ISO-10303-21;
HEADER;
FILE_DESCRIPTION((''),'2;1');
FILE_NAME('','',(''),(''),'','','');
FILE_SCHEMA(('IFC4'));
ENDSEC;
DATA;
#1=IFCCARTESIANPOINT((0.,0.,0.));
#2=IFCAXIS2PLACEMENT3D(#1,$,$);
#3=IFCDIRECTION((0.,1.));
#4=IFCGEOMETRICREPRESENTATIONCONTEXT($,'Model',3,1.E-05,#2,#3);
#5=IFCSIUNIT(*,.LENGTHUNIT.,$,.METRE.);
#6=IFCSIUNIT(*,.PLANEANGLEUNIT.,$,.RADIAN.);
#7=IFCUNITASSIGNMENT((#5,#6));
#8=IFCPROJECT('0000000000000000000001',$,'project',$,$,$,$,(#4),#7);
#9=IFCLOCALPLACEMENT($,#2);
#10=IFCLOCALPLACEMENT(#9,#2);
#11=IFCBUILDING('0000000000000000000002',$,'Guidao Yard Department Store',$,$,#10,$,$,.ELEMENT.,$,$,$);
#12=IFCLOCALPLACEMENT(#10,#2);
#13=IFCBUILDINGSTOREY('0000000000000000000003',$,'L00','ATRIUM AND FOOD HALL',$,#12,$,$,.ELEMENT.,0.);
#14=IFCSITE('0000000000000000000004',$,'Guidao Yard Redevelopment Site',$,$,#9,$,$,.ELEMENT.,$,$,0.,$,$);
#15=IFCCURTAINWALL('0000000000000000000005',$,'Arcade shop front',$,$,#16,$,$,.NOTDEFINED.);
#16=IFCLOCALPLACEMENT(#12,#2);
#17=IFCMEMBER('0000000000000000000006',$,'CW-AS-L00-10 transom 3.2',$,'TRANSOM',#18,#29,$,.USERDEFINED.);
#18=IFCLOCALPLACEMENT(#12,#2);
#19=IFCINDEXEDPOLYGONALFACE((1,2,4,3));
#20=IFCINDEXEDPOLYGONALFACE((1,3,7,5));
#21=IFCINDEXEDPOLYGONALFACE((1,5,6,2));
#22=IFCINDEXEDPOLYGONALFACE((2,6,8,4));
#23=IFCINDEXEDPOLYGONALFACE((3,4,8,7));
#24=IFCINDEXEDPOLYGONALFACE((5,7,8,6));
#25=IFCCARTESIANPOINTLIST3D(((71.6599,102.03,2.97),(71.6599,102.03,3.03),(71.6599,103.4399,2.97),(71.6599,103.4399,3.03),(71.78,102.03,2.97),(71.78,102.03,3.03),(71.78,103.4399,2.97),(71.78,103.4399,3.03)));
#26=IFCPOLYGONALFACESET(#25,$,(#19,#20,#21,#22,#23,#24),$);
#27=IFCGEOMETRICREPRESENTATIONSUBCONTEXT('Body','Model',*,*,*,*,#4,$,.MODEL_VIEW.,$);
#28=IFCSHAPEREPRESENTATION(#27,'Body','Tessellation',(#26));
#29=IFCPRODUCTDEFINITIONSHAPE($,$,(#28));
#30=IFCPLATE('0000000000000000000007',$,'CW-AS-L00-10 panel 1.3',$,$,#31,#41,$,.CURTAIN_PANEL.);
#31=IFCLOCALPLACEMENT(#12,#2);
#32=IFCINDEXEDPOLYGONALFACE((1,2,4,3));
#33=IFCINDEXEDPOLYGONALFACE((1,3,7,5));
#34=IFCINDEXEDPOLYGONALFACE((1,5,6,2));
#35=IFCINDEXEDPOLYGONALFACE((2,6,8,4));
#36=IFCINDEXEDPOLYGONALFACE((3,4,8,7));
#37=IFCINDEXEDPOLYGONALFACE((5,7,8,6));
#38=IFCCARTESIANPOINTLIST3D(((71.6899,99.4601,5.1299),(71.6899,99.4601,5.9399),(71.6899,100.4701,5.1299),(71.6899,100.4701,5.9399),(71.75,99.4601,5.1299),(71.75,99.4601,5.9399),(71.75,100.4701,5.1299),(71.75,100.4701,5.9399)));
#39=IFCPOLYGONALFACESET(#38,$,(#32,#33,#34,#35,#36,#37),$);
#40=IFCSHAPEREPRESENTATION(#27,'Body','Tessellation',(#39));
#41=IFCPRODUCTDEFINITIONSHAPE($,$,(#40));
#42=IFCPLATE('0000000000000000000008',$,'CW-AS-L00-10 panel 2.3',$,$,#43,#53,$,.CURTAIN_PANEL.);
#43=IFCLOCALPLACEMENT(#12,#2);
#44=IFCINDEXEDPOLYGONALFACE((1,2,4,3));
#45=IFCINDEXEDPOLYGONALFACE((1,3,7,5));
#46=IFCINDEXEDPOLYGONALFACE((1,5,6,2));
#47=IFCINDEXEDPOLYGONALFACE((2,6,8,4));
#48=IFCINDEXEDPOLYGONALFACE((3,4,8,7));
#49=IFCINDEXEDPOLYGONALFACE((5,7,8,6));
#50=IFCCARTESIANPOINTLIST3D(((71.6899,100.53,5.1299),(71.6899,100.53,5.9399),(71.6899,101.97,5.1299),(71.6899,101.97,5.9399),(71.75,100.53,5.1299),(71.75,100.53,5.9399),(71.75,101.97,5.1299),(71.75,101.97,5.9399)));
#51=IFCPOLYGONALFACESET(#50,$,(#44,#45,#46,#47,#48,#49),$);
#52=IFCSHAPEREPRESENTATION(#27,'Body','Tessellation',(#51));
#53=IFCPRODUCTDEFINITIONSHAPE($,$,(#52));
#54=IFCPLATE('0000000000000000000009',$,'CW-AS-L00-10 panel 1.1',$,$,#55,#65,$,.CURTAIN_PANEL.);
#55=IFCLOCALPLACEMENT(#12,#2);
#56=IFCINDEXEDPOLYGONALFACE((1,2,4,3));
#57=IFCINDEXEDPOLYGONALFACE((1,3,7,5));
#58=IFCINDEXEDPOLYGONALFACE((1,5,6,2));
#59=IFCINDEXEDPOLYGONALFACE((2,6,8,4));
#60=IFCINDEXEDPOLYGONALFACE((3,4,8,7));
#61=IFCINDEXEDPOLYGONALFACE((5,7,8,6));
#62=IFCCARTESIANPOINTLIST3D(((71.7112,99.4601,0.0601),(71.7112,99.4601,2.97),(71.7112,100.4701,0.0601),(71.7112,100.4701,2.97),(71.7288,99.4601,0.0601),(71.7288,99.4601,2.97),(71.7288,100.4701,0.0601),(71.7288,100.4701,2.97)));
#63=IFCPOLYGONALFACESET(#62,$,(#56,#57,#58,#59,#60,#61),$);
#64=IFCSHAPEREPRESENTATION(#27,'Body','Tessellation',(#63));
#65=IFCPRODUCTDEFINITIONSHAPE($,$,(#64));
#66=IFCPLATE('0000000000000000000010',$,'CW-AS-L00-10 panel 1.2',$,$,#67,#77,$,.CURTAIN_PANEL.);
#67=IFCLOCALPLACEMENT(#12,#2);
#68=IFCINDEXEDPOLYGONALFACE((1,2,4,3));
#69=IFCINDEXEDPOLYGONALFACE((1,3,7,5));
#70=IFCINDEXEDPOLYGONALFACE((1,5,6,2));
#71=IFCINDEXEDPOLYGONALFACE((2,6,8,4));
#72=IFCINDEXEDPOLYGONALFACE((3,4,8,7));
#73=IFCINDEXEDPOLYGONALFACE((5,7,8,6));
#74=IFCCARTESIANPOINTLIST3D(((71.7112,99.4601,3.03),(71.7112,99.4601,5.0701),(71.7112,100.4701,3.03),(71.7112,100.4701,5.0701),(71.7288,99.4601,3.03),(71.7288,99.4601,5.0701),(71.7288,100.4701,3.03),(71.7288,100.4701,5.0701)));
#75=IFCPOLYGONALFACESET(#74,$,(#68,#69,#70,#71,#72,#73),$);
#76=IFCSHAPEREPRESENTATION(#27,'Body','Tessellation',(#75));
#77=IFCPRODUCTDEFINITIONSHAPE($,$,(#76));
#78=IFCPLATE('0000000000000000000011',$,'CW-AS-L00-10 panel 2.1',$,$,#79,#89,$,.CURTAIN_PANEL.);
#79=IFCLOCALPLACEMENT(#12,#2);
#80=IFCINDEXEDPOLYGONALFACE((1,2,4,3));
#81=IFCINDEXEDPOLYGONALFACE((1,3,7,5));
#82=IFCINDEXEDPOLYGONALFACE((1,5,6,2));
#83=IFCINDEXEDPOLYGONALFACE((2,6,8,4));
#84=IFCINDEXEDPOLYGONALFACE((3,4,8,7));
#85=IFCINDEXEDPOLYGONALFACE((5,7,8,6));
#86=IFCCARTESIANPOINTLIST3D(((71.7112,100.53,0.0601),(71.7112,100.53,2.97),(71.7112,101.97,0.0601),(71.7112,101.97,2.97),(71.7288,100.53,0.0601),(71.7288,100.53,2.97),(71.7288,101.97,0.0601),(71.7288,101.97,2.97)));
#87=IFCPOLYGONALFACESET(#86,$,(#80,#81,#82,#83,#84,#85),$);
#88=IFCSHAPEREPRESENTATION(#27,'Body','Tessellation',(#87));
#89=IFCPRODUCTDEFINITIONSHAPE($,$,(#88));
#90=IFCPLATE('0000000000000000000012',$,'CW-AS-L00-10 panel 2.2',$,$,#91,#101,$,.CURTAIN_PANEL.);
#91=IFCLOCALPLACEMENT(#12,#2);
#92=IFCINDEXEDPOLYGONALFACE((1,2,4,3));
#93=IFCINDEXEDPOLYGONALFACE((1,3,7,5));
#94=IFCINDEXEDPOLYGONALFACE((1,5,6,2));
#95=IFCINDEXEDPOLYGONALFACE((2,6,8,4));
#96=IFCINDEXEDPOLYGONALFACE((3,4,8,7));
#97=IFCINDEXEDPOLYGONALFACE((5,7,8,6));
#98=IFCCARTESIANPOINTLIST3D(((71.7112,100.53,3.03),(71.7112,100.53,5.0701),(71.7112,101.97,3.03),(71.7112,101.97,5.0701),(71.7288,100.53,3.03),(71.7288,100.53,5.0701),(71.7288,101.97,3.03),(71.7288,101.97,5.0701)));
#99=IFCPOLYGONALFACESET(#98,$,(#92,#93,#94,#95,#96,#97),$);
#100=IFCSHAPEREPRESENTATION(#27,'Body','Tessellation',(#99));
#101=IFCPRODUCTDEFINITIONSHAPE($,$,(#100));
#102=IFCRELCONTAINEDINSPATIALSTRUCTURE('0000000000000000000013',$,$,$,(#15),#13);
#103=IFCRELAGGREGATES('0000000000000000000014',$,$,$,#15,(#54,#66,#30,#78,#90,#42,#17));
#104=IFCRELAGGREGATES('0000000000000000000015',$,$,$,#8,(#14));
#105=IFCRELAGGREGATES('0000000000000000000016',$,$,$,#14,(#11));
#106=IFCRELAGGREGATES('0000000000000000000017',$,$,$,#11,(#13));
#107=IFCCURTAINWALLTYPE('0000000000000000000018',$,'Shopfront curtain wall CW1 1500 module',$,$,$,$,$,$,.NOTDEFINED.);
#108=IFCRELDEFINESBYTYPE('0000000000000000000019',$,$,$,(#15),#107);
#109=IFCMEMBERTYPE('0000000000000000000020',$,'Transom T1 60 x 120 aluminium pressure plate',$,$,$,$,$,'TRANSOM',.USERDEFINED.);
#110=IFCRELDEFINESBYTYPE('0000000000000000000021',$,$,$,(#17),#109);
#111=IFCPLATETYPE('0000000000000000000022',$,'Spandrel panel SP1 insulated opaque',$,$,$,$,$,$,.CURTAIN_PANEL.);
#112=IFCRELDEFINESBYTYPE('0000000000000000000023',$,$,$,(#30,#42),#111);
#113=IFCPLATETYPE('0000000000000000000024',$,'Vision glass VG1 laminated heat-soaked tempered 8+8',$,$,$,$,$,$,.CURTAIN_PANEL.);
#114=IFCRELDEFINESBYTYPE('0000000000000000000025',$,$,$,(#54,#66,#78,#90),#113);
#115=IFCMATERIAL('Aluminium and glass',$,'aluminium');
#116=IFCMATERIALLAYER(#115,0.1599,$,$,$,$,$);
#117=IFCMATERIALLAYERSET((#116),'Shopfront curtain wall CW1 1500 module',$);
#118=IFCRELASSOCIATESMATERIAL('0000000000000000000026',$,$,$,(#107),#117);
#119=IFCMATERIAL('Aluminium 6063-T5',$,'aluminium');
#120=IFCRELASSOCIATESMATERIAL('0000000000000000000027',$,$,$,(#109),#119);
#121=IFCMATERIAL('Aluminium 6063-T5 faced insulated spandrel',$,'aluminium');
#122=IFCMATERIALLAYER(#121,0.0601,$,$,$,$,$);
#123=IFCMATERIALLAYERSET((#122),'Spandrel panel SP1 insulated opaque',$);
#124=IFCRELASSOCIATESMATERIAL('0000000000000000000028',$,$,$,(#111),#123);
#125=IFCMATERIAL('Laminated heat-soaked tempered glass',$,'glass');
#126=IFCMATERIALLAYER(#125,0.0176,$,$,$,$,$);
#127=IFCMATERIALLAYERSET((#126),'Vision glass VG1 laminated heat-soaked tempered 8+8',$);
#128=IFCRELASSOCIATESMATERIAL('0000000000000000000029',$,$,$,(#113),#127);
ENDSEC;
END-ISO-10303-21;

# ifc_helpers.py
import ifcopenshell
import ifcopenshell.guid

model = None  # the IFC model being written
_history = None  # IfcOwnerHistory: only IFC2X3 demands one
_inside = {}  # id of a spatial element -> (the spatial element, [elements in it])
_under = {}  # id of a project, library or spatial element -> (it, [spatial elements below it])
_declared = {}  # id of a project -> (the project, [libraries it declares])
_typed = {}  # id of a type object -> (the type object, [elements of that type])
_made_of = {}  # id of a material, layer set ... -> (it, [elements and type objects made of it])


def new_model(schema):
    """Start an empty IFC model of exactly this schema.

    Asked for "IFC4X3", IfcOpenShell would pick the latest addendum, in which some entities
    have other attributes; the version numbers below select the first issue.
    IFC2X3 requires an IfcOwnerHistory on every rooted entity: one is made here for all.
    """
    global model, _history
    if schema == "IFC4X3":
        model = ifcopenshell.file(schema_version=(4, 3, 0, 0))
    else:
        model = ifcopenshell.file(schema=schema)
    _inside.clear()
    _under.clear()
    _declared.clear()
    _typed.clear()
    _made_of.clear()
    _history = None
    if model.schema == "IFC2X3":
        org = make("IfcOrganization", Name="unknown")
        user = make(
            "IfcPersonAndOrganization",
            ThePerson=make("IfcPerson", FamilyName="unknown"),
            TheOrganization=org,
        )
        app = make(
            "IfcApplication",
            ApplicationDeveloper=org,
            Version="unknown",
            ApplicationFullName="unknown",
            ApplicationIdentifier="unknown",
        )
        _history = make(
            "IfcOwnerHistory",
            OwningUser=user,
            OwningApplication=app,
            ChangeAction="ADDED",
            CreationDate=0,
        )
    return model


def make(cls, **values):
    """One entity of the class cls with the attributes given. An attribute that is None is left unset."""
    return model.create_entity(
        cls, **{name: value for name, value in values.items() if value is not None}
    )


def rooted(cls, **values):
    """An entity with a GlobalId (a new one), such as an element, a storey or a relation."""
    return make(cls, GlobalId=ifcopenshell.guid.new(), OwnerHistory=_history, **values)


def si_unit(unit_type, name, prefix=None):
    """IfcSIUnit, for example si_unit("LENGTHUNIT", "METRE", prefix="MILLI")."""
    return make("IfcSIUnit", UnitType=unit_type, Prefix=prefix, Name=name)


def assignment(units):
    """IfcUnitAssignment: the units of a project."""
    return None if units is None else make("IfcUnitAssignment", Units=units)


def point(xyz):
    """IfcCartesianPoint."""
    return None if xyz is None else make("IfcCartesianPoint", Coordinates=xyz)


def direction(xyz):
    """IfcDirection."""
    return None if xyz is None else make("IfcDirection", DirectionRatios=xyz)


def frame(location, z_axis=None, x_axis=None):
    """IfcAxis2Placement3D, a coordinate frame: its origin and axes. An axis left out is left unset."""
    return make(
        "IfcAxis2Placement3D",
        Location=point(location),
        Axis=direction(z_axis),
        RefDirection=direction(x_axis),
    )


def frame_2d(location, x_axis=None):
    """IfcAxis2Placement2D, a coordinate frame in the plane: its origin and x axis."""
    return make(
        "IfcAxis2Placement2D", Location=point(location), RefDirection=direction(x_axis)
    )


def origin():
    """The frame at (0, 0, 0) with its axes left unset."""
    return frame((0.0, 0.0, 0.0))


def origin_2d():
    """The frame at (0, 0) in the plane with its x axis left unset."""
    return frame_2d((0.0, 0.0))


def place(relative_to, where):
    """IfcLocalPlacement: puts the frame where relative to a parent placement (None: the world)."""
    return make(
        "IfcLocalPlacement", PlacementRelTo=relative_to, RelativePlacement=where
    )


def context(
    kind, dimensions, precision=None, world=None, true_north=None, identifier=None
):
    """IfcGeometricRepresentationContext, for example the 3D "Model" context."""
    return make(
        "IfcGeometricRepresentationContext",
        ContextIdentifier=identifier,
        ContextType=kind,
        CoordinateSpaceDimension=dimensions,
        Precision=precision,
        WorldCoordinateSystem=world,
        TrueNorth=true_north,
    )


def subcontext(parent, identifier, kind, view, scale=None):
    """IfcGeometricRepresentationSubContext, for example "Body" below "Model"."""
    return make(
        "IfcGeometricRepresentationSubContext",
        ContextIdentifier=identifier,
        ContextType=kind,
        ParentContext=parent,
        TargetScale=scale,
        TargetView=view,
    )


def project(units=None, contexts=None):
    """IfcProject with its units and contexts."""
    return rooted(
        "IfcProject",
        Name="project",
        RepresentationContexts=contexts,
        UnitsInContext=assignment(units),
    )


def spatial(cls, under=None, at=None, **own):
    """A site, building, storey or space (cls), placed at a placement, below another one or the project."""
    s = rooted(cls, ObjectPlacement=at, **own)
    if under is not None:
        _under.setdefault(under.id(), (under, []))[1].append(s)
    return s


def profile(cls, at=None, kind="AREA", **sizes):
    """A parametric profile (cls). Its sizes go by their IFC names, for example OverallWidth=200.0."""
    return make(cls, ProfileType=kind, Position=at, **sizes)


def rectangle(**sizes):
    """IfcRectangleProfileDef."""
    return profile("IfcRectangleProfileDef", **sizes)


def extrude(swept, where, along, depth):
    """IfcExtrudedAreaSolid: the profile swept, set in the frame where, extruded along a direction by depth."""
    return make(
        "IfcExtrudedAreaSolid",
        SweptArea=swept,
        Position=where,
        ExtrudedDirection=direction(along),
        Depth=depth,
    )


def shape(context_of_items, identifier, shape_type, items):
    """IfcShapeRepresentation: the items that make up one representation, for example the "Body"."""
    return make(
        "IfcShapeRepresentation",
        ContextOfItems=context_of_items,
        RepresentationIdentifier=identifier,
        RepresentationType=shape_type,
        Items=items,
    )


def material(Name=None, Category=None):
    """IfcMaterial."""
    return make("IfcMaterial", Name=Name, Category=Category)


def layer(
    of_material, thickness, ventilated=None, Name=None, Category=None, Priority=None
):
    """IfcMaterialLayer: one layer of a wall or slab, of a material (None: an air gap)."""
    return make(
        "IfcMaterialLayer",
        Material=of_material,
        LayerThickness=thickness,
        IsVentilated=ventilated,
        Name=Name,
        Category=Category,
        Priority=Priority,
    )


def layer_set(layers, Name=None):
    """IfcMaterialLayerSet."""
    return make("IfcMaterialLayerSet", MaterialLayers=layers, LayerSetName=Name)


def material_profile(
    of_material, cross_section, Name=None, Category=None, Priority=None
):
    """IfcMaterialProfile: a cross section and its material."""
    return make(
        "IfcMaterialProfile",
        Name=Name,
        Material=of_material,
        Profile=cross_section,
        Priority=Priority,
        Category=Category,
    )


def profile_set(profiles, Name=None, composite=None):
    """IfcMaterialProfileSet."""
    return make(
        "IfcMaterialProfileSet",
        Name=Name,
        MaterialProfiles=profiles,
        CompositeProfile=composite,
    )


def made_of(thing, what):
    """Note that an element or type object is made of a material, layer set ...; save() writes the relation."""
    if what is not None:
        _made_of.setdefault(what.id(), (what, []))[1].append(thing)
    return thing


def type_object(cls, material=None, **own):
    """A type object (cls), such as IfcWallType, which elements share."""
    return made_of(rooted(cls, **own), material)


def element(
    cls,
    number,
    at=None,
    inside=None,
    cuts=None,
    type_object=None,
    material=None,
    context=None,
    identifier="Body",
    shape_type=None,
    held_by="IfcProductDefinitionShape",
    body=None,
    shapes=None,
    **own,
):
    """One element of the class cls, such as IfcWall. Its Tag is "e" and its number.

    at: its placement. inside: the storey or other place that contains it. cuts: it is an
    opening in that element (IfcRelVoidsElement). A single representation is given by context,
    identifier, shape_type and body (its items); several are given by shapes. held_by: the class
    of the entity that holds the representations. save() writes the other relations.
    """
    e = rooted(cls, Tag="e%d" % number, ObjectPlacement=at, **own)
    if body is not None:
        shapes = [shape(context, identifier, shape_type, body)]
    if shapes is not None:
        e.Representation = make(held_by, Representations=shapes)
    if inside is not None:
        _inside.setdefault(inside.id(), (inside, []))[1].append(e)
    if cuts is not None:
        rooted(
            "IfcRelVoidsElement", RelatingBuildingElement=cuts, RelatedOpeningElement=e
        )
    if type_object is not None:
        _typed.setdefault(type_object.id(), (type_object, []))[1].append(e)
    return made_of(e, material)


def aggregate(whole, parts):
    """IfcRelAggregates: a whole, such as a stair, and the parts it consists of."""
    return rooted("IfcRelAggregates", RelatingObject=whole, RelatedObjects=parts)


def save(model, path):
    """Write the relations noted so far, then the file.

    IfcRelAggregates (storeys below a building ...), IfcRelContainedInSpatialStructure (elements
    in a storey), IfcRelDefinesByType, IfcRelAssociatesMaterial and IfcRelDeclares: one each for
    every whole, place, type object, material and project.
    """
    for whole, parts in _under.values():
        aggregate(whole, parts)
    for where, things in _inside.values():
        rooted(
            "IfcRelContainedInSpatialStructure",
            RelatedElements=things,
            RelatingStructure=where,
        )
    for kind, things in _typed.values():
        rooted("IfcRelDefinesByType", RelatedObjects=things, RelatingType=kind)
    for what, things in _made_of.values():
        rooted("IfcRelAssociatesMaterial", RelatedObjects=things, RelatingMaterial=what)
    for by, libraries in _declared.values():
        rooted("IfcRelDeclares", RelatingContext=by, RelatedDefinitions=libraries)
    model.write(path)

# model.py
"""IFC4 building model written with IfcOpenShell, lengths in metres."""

from ifc_helpers import new_model, si_unit, direction, frame, origin, origin_2d, place, context, subcontext, project, spatial, rectangle, extrude, material, layer, layer_set, material_profile, profile_set, type_object, element, aggregate, save


model = new_model("IFC4")

# Units and contexts
model_context = context("Model", 3, precision=1e-05, world=origin(), true_north=direction((0.0, 1.0)))
body_context = subcontext(model_context, "Body", "Model", "MODEL_VIEW")
ifc_project = project(units=[si_unit("LENGTHUNIT", "METRE"), si_unit("PLANEANGLEUNIT", "RADIAN")], contexts=[model_context])

# Site, building, storey
site_placement = place(None, origin())
site = spatial("IfcSite", under=ifc_project, at=site_placement, Name="Guidao Yard Redevelopment Site", CompositionType="ELEMENT", RefElevation=0.0)
building_placement = place(site_placement, origin())
building = spatial("IfcBuilding", under=site, at=building_placement, Name="Guidao Yard Department Store", CompositionType="ELEMENT")
storey_placement = place(building_placement, origin())
storey = spatial("IfcBuildingStorey", under=building, at=storey_placement, Name="L00", Description="ATRIUM AND FOOD HALL", CompositionType="ELEMENT", Elevation=0.0)

# Curtain wall
ifc_material_1 = material(Name="Aluminium and glass", Category="aluminium")
ifc_layer_1 = layer(ifc_material_1, 0.1599)
ifc_layer_set_1 = layer_set([ifc_layer_1], Name="Shopfront curtain wall CW1 1500 module")
curtain_wall_type = type_object("IfcCurtainWallType", Name="Shopfront curtain wall CW1 1500 module", PredefinedType="NOTDEFINED", material=ifc_layer_set_1)
curtain_wall_placement = place(storey_placement, origin())
curtain_wall = element("IfcCurtainWall", 1, at=curtain_wall_placement, inside=storey, type_object=curtain_wall_type, Name="Arcade shop front", PredefinedType="NOTDEFINED")

# Member
ifc_material_2 = material(Name="Aluminium 6063-T5", Category="aluminium")
ifc_material_profile_1 = material_profile(ifc_material_2, rectangle(XDim=0.1201, YDim=0.0601, at=origin_2d()), Name="Transom T1 60 x 120 aluminium pressure plate")
ifc_profile_set_1 = profile_set([ifc_material_profile_1], Name="Aluminium 6063-T5")
member_type_1 = type_object("IfcMemberType", Name="Transom T1 60 x 120 aluminium pressure plate", ElementType="TRANSOM", PredefinedType="USERDEFINED", material=ifc_profile_set_1)
member_1_placement = place(storey_placement, frame((71.72, 102.03, 3.0), z_axis=(0.0, 1.0, 0.0), x_axis=(-1.0, 0.0, 0.0)))
member_1 = element("IfcMember", 2, at=member_1_placement, type_object=member_type_1, Name="CW-AS-L00-10 transom 3.2", ObjectType="TRANSOM", PredefinedType="USERDEFINED", context=body_context, shape_type="SweptSolid", body=[
    extrude(rectangle(XDim=0.1201, YDim=0.0601, at=origin_2d()), origin(), (0.0, 0.0, 1.0), 1.4099),
])

# Plates
ifc_material_3 = material(Name="Aluminium 6063-T5 faced insulated spandrel", Category="aluminium")
ifc_layer_2 = layer(ifc_material_3, 0.0601)
ifc_layer_set_2 = layer_set([ifc_layer_2], Name="Spandrel panel SP1 insulated opaque")
plate_type_1 = type_object("IfcPlateType", Name="Spandrel panel SP1 insulated opaque", PredefinedType="CURTAIN_PANEL", material=ifc_layer_set_2)
plate_1_placement = place(storey_placement, frame((71.72, 99.9651, 5.1299), z_axis=(0.0, 0.0, 1.0), x_axis=(0.0, 1.0, 0.0)))
plate_1 = element("IfcPlate", 3, at=plate_1_placement, type_object=plate_type_1, Name="CW-AS-L00-10 panel 1.3", PredefinedType="CURTAIN_PANEL", context=body_context, shape_type="SweptSolid", body=[
    extrude(rectangle(XDim=1.01, YDim=0.0601, at=origin_2d()), origin(), (0.0, 0.0, 1.0), 0.8101),
])
plate_2_placement = place(storey_placement, frame((71.72, 101.25, 5.1299), z_axis=(0.0, 0.0, 1.0), x_axis=(0.0, 1.0, 0.0)))
plate_2 = element("IfcPlate", 4, at=plate_2_placement, type_object=plate_type_1, Name="CW-AS-L00-10 panel 2.3", PredefinedType="CURTAIN_PANEL", context=body_context, shape_type="SweptSolid", body=[
    extrude(rectangle(XDim=1.4399, YDim=0.0601, at=origin_2d()), origin(), (0.0, 0.0, 1.0), 0.8101),
])
ifc_material_4 = material(Name="Laminated heat-soaked tempered glass", Category="glass")
ifc_layer_3 = layer(ifc_material_4, 0.0176)
ifc_layer_set_3 = layer_set([ifc_layer_3], Name="Vision glass VG1 laminated heat-soaked tempered 8+8")
plate_type_2 = type_object("IfcPlateType", Name="Vision glass VG1 laminated heat-soaked tempered 8+8", PredefinedType="CURTAIN_PANEL", material=ifc_layer_set_3)
plate_3_placement = place(storey_placement, frame((71.72, 99.9651, 0.0601), z_axis=(0.0, 0.0, 1.0), x_axis=(0.0, 1.0, 0.0)))
plate_3 = element("IfcPlate", 5, at=plate_3_placement, type_object=plate_type_2, Name="CW-AS-L00-10 panel 1.1", PredefinedType="CURTAIN_PANEL", context=body_context, shape_type="SweptSolid", body=[
    extrude(rectangle(XDim=1.01, YDim=0.0176, at=origin_2d()), origin(), (0.0, 0.0, 1.0), 2.9099),
])
plate_4_placement = place(storey_placement, frame((71.72, 99.9651, 3.03), z_axis=(0.0, 0.0, 1.0), x_axis=(0.0, 1.0, 0.0)))
plate_4 = element("IfcPlate", 6, at=plate_4_placement, type_object=plate_type_2, Name="CW-AS-L00-10 panel 1.2", PredefinedType="CURTAIN_PANEL", context=body_context, shape_type="SweptSolid", body=[
    extrude(rectangle(XDim=1.01, YDim=0.0176, at=origin_2d()), origin(), (0.0, 0.0, 1.0), 2.04),
])
plate_5_placement = place(storey_placement, frame((71.72, 101.25, 0.0601), z_axis=(0.0, 0.0, 1.0), x_axis=(0.0, 1.0, 0.0)))
plate_5 = element("IfcPlate", 7, at=plate_5_placement, type_object=plate_type_2, Name="CW-AS-L00-10 panel 2.1", PredefinedType="CURTAIN_PANEL", context=body_context, shape_type="SweptSolid", body=[
    extrude(rectangle(XDim=1.4399, YDim=0.0176, at=origin_2d()), origin(), (0.0, 0.0, 1.0), 2.9099),
])
plate_6_placement = place(storey_placement, frame((71.72, 101.25, 3.03), z_axis=(0.0, 0.0, 1.0), x_axis=(0.0, 1.0, 0.0)))
plate_6 = element("IfcPlate", 8, at=plate_6_placement, type_object=plate_type_2, Name="CW-AS-L00-10 panel 2.2", PredefinedType="CURTAIN_PANEL", context=body_context, shape_type="SweptSolid", body=[
    extrude(rectangle(XDim=1.4399, YDim=0.0176, at=origin_2d()), origin(), (0.0, 0.0, 1.0), 2.04),
])
aggregate(curtain_wall, [plate_3, plate_4, plate_1, plate_5, plate_6, plate_2, member_1])

save(model, "model.ifc")
